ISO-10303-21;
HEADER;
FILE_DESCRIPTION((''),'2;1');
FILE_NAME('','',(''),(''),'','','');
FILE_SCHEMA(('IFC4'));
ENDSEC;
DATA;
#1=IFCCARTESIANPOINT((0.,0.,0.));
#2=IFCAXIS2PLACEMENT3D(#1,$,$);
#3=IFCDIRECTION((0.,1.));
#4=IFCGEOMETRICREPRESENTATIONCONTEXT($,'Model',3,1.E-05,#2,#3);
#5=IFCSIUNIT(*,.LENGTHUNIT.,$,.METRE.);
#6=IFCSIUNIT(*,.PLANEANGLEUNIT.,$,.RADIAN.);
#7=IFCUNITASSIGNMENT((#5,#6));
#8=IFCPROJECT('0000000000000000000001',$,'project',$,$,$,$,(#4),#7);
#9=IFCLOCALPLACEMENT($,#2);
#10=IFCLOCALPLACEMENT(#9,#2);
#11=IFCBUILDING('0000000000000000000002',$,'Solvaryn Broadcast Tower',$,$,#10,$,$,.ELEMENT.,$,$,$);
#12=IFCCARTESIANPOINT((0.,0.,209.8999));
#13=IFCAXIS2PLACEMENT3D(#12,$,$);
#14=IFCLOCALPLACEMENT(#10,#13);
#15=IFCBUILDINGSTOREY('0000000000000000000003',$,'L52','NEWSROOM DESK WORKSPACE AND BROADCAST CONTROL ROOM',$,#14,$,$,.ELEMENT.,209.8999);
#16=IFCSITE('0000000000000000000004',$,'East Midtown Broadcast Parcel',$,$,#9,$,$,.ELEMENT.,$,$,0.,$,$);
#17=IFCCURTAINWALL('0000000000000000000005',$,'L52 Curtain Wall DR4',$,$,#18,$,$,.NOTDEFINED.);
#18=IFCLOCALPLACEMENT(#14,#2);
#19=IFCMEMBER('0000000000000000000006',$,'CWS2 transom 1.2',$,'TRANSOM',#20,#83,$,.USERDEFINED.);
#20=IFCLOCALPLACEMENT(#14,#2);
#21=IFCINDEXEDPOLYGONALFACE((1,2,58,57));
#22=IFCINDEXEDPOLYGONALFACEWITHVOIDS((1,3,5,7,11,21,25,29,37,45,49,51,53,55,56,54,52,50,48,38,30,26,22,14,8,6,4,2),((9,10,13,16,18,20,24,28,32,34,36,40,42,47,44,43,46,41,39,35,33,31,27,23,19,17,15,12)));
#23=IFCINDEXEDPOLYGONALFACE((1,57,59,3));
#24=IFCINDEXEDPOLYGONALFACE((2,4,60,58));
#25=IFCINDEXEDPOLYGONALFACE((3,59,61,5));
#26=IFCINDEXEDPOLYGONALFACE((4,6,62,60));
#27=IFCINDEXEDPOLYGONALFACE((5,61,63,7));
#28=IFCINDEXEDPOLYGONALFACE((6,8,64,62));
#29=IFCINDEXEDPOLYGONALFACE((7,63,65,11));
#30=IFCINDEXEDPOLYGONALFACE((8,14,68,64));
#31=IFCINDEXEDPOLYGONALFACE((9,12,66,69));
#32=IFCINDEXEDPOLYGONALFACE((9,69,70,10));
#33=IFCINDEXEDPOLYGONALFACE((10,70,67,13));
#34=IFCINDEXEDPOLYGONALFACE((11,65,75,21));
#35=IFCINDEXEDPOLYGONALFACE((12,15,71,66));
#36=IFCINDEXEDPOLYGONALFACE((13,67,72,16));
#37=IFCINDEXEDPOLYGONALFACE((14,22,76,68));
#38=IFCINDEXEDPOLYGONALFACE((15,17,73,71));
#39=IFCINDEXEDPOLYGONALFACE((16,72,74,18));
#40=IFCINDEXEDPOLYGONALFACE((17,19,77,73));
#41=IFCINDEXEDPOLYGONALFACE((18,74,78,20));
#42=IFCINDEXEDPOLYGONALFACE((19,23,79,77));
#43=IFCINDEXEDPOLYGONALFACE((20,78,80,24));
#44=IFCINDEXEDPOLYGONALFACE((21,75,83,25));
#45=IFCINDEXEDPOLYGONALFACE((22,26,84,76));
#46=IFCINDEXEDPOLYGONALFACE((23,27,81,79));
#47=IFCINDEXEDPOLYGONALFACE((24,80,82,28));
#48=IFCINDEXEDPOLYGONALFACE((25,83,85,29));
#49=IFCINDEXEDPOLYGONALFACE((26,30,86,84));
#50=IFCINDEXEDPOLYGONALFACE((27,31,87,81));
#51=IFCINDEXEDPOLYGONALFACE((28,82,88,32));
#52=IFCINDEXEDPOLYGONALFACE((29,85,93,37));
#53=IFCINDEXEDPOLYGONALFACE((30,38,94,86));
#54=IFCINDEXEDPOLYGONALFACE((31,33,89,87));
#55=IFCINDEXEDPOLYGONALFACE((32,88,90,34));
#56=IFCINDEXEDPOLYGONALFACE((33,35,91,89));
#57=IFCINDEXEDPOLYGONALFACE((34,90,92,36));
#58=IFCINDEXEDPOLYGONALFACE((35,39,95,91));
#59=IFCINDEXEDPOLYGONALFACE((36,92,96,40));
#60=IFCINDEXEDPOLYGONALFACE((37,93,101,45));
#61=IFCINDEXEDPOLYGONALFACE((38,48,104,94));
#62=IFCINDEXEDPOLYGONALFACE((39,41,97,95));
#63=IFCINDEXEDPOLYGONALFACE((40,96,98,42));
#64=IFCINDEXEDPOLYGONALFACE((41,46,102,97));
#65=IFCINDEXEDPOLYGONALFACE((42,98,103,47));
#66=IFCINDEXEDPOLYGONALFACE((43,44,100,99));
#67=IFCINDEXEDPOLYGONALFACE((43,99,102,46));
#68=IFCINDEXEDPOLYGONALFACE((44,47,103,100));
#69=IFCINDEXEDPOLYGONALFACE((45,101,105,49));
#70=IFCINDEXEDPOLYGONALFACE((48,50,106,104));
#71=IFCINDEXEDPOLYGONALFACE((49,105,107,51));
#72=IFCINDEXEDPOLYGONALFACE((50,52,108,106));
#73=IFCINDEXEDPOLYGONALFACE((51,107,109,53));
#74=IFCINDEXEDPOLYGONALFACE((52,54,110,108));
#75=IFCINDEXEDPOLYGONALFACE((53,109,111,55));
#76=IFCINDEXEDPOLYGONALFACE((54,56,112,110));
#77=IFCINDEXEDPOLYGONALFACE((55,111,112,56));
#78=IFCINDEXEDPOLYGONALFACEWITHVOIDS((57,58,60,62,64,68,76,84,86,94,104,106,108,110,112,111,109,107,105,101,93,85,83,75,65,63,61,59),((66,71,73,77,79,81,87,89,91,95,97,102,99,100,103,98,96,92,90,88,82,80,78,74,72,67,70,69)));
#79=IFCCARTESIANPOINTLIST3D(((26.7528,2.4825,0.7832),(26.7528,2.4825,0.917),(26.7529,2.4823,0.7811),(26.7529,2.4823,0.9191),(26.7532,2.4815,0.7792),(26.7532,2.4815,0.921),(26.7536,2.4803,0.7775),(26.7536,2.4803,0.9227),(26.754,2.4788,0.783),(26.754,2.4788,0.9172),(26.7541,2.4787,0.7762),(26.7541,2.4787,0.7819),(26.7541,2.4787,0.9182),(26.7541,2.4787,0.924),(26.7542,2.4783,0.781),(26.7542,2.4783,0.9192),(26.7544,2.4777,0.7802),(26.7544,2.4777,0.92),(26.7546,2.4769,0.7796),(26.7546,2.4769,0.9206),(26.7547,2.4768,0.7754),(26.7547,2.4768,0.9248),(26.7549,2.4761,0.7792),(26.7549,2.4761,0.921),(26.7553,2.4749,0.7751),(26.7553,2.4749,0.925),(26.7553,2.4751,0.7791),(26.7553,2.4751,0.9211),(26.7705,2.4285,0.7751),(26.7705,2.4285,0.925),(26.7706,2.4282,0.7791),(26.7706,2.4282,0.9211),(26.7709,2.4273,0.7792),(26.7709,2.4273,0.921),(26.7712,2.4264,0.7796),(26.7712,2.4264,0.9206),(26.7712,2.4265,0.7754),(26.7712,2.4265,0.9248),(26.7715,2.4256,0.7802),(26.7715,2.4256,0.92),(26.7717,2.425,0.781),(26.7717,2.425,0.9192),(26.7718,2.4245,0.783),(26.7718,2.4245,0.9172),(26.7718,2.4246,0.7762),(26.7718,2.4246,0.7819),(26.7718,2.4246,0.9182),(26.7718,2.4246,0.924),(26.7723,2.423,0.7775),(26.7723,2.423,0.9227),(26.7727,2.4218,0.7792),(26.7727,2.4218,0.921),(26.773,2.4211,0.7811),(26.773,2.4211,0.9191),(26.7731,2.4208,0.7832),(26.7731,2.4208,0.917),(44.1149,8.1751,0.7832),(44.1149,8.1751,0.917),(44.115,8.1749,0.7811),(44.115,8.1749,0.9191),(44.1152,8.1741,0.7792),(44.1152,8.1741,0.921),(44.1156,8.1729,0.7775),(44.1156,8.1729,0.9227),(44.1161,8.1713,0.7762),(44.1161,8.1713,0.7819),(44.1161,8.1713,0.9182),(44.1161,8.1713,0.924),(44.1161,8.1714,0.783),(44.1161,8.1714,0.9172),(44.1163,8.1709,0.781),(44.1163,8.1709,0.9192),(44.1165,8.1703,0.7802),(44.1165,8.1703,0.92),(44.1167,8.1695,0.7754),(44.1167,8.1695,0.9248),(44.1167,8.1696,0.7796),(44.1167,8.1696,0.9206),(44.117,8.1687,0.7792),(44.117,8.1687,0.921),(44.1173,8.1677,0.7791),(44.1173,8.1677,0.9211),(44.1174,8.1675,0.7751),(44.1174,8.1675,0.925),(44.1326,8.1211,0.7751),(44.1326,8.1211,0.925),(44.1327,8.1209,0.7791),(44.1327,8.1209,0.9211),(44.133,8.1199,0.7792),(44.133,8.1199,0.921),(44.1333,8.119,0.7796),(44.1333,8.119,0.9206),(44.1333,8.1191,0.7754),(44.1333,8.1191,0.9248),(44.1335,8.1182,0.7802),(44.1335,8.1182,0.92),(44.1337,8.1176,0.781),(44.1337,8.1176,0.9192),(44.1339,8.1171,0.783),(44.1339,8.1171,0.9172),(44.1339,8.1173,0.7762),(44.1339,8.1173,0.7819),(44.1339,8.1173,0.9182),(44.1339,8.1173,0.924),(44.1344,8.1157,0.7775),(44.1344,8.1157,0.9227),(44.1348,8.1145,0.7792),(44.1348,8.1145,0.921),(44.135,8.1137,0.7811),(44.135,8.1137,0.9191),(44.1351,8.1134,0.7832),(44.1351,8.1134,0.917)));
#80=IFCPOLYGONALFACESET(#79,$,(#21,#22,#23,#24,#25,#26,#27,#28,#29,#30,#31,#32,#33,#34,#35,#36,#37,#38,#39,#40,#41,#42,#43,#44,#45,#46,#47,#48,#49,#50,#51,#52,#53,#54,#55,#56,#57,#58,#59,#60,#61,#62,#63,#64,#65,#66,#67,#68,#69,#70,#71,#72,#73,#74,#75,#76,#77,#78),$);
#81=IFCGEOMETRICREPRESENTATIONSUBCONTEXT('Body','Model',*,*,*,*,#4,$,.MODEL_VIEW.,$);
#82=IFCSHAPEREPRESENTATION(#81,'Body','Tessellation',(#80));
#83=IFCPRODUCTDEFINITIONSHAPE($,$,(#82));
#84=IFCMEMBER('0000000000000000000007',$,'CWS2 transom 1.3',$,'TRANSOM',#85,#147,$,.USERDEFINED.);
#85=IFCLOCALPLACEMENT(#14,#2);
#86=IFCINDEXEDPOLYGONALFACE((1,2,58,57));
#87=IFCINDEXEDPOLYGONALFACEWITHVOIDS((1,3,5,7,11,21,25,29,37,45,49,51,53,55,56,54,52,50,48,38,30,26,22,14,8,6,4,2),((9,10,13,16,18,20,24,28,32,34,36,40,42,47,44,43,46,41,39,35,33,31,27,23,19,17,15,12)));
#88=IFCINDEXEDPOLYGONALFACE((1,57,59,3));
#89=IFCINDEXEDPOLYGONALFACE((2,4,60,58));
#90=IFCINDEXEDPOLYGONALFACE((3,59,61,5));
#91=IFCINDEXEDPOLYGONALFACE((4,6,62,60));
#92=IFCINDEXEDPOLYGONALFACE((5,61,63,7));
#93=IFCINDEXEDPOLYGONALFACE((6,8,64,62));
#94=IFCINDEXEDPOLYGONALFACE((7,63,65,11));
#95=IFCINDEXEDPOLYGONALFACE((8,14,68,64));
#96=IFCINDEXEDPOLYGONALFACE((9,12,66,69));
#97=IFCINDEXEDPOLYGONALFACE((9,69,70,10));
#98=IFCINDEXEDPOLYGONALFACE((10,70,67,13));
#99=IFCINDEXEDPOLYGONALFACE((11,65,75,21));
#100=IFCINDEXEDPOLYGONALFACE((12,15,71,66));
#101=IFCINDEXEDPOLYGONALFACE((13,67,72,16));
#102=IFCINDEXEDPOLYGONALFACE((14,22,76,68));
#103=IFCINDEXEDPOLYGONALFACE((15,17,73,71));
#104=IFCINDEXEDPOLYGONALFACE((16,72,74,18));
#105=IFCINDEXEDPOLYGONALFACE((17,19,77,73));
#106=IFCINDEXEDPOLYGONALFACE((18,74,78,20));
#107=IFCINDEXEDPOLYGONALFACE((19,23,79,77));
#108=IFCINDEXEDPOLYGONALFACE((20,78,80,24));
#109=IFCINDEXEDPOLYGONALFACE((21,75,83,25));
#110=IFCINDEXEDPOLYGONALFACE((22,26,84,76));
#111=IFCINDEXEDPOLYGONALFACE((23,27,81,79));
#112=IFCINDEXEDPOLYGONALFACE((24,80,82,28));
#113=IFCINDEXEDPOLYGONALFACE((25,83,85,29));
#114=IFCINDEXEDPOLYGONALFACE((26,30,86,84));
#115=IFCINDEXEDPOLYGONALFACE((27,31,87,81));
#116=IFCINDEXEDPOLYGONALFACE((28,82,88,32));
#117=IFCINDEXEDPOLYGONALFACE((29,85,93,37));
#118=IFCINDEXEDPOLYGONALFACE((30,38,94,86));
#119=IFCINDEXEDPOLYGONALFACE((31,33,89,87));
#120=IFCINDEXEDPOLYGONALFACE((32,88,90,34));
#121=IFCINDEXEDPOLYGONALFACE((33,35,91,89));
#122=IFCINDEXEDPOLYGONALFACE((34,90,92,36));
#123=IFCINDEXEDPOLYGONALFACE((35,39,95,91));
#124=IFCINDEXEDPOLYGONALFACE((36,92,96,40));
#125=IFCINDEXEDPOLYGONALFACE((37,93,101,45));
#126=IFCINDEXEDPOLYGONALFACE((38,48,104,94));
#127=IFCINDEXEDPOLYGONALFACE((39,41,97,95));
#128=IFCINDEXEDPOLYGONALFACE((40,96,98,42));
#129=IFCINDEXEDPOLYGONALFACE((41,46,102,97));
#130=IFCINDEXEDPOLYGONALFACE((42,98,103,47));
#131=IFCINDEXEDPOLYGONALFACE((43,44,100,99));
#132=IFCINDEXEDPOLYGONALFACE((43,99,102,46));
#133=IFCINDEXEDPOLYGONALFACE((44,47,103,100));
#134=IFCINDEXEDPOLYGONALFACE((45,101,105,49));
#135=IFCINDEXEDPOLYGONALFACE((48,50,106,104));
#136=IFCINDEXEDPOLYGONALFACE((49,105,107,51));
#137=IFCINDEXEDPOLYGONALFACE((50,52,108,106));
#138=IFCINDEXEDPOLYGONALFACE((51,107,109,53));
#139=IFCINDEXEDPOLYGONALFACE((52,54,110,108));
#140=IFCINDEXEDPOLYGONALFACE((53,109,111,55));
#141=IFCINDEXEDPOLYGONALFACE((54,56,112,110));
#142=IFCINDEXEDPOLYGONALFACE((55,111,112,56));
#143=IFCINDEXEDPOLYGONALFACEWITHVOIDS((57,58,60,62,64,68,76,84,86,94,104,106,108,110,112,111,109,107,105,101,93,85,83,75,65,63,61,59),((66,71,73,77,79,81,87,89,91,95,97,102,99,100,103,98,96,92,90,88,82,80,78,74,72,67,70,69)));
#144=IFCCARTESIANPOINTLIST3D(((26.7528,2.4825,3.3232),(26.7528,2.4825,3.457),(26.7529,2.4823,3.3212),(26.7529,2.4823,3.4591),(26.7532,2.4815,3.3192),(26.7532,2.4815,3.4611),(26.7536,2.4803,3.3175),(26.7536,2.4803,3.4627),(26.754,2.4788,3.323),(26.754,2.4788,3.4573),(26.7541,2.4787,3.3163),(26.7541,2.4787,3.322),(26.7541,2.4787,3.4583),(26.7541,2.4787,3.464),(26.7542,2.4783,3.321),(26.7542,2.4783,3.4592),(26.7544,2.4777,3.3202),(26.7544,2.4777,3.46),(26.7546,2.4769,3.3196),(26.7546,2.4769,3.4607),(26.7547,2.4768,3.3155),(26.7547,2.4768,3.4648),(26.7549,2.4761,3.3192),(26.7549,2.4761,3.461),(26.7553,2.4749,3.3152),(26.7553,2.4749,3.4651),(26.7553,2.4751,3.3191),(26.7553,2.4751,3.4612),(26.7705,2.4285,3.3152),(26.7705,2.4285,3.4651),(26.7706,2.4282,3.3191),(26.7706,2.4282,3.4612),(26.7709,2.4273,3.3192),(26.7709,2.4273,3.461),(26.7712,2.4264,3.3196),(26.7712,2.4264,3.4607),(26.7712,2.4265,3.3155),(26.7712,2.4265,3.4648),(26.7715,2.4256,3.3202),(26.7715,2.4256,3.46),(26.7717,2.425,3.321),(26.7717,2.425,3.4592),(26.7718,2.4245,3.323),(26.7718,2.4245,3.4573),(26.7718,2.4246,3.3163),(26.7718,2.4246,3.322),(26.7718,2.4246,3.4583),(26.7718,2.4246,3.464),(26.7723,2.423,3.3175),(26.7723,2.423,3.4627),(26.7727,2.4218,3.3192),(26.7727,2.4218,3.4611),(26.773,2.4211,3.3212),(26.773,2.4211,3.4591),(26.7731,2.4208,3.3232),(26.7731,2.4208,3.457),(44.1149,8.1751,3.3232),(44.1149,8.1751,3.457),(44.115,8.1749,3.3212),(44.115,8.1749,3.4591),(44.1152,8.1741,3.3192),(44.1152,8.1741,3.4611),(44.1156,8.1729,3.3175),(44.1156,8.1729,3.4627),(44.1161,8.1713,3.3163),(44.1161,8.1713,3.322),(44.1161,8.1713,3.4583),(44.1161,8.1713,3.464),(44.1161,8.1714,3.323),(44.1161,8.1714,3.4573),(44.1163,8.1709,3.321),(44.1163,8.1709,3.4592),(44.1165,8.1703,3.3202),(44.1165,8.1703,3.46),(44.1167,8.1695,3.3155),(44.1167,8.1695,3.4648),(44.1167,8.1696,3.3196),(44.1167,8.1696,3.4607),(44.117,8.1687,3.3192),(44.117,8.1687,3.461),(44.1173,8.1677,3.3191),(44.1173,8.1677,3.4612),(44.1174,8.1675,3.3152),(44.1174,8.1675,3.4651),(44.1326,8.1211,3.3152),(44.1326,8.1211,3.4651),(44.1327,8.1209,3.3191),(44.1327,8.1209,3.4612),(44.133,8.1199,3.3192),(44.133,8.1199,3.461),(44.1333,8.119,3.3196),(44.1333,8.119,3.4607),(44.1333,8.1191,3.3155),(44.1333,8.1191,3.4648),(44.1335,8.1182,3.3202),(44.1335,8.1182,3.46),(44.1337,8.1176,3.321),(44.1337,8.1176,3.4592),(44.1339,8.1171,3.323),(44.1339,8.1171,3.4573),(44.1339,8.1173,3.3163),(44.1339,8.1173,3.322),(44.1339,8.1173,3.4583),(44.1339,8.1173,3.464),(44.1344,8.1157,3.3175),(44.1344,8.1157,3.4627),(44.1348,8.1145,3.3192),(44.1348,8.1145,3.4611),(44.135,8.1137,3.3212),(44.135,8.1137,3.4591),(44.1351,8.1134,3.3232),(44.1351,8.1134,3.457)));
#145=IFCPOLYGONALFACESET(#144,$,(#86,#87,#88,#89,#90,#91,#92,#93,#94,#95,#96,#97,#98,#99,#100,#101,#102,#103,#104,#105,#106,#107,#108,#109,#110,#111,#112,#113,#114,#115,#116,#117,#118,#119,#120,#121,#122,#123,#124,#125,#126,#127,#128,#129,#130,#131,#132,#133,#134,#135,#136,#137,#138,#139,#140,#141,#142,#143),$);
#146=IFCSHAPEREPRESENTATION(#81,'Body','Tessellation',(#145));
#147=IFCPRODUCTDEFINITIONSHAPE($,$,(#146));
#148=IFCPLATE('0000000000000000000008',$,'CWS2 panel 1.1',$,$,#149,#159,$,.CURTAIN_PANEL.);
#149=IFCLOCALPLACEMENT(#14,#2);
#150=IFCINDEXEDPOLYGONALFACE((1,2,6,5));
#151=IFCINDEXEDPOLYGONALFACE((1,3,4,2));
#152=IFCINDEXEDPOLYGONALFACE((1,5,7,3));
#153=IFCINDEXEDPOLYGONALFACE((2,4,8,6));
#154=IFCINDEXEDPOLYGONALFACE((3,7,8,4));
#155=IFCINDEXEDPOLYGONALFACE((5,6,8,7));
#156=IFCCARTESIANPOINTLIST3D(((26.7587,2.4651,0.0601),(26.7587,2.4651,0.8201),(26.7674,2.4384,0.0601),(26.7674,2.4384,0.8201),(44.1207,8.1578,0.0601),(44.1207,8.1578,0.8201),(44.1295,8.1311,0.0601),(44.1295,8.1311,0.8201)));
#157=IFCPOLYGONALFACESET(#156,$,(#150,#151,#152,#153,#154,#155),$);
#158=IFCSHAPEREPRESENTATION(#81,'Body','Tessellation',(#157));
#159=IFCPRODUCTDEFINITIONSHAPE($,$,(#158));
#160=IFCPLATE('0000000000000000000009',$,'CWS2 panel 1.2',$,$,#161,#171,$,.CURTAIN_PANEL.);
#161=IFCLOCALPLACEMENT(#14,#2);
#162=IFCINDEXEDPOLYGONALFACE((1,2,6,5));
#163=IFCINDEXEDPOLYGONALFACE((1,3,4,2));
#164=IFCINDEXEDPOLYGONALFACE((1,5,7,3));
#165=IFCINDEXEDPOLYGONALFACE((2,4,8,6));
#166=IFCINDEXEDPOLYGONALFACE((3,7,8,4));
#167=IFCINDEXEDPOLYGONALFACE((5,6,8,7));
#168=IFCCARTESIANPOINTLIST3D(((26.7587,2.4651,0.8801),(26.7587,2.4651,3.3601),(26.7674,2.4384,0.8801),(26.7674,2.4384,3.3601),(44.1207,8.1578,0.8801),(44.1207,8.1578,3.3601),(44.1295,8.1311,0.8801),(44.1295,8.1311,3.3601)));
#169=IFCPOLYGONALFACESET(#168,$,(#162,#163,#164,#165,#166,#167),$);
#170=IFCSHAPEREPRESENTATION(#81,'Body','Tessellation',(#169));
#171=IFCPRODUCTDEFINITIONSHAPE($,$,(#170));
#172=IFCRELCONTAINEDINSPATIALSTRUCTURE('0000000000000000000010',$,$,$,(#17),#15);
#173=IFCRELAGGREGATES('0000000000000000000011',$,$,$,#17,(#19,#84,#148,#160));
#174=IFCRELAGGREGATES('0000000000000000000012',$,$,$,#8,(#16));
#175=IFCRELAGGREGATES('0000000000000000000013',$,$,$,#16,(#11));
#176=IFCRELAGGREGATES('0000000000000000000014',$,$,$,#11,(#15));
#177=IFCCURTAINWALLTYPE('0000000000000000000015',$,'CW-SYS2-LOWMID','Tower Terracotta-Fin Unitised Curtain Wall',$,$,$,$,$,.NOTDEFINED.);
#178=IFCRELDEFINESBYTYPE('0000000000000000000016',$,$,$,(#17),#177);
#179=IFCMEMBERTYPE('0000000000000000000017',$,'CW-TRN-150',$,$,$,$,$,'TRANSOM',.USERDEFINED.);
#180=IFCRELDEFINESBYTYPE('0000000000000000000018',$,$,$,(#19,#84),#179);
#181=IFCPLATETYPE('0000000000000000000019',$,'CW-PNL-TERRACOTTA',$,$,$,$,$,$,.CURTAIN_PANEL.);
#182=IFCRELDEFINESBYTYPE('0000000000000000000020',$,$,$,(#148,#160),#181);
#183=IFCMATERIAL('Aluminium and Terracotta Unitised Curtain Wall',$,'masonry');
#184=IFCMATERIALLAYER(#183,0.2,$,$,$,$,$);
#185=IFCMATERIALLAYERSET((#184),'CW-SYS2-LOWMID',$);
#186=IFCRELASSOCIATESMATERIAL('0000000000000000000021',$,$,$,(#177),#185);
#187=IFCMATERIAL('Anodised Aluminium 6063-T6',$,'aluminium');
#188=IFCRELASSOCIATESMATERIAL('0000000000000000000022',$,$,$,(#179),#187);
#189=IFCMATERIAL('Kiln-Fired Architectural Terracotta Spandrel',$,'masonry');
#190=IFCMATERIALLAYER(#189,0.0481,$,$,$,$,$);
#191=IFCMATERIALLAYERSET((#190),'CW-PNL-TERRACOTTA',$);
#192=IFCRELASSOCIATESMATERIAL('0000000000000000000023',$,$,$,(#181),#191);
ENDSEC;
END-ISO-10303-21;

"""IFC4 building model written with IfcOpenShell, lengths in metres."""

from ifc_helpers import new_model, si_unit, direction, frame, origin, origin_2d, place, context, subcontext, project, spatial, rectangle, hollow_rectangle, extrude, material, layer, layer_set, material_profile, profile_set, type_object, element, aggregate, save


model = new_model("IFC4")

# Units and contexts
model_context = context("Model", 3, precision=1e-05, world=origin(), true_north=direction((0.0, 1.0)))
body_context = subcontext(model_context, "Body", "Model", "MODEL_VIEW")
ifc_project = project(units=[si_unit("LENGTHUNIT", "METRE"), si_unit("PLANEANGLEUNIT", "RADIAN")], contexts=[model_context])

# Site, building, storey
site_placement = place(None, origin())
site = spatial("IfcSite", under=ifc_project, at=site_placement, Name="East Midtown Broadcast Parcel", CompositionType="ELEMENT", RefElevation=0.0)
building_placement = place(site_placement, origin())
building = spatial("IfcBuilding", under=site, at=building_placement, Name="Solvaryn Broadcast Tower", CompositionType="ELEMENT")
storey_placement = place(building_placement, frame((0.0, 0.0, 209.8999)))
storey = spatial("IfcBuildingStorey", under=building, at=storey_placement, Name="L52", Description="NEWSROOM DESK WORKSPACE AND BROADCAST CONTROL ROOM", CompositionType="ELEMENT", Elevation=209.8999)

# Shared definitions
ifc_material_1 = material(Name="Aluminium and Terracotta Unitised Curtain Wall", Category="masonry")
ifc_layer_1 = layer(ifc_material_1, 0.2)
ifc_layer_set_1 = layer_set([ifc_layer_1], Name="CW-SYS2-LOWMID")
curtain_wall_type = type_object("IfcCurtainWallType", Name="CW-SYS2-LOWMID", Description="Tower Terracotta-Fin Unitised Curtain Wall", PredefinedType="NOTDEFINED", material=ifc_layer_set_1)

# Curtain wall, members, plates
curtain_wall_1_placement = place(storey_placement, origin())
curtain_wall_1 = element("IfcCurtainWall", 1, at=curtain_wall_1_placement, inside=storey, type_object=curtain_wall_type, Name="L52 Curtain Wall DR4", PredefinedType="NOTDEFINED")
ifc_material_2 = material(Name="Anodised Aluminium 6063-T6", Category="aluminium")
ifc_material_profile_1 = material_profile(ifc_material_2, hollow_rectangle(XDim=0.0649, YDim=0.1499, WallThickness=0.0039, InnerFilletRadius=0.0039, OuterFilletRadius=0.0081, at=origin_2d()))
ifc_profile_set_1 = profile_set([ifc_material_profile_1], Name="Anodised Aluminium 6063-T6")
member_type_1 = type_object("IfcMemberType", Name="CW-TRN-150", ElementType="TRANSOM", PredefinedType="USERDEFINED", material=ifc_profile_set_1)
member_1_placement = place(storey_placement, frame((26.7629, 2.4517, 0.8501), z_axis=(0.950227, 0.311558, 0.0), x_axis=(-0.311558, 0.950227, 0.0)))
member_1 = element("IfcMember", 2, at=member_1_placement, type_object=member_type_1, Name="CWS2 transom 1.2", ObjectType="TRANSOM", PredefinedType="USERDEFINED", context=body_context, shape_type="SweptSolid", body=[
    extrude(hollow_rectangle(XDim=0.0649, YDim=0.1499, WallThickness=0.0039, InnerFilletRadius=0.0039, OuterFilletRadius=0.0081, at=origin_2d()), origin(), (0.0, 0.0, 1.0), 18.2715),
])
member_2_placement = place(storey_placement, frame((26.7629, 2.4517, 3.3901), z_axis=(0.950227, 0.311558, 0.0), x_axis=(-0.311558, 0.950227, 0.0)))
member_2 = element("IfcMember", 3, at=member_2_placement, type_object=member_type_1, Name="CWS2 transom 1.3", ObjectType="TRANSOM", PredefinedType="USERDEFINED", context=body_context, shape_type="SweptSolid", body=[
    extrude(hollow_rectangle(XDim=0.0649, YDim=0.1499, WallThickness=0.0039, InnerFilletRadius=0.0039, OuterFilletRadius=0.0081, at=origin_2d()), origin(), (0.0, 0.0, 1.0), 18.2715),
])
ifc_material_3 = material(Name="Kiln-Fired Architectural Terracotta Spandrel", Category="masonry")
ifc_layer_2 = layer(ifc_material_3, 0.0481)
ifc_layer_set_2 = layer_set([ifc_layer_2], Name="CW-PNL-TERRACOTTA")
plate_type = type_object("IfcPlateType", Name="CW-PNL-TERRACOTTA", PredefinedType="CURTAIN_PANEL", material=ifc_layer_set_2)
plate_1_placement = place(storey_placement, frame((35.4441, 5.2981, 0.0601), z_axis=(0.0, 0.0, 1.0), x_axis=(0.950227, 0.311559, 0.0)))
plate_1 = element("IfcPlate", 4, at=plate_1_placement, type_object=plate_type, Name="CWS2 panel 1.1", PredefinedType="CURTAIN_PANEL", context=body_context, shape_type="SweptSolid", body=[
    extrude(rectangle(XDim=18.2715, YDim=0.0281, at=origin_2d()), origin(), (0.0, 0.0, 1.0), 0.76),
])
plate_2_placement = place(storey_placement, frame((35.4441, 5.2981, 0.8801), z_axis=(0.0, 0.0, 1.0), x_axis=(0.950227, 0.311559, 0.0)))
plate_2 = element("IfcPlate", 5, at=plate_2_placement, type_object=plate_type, Name="CWS2 panel 1.2", PredefinedType="CURTAIN_PANEL", context=body_context, shape_type="SweptSolid", body=[
    extrude(rectangle(XDim=18.2715, YDim=0.0281, at=origin_2d()), origin(), (0.0, 0.0, 1.0), 2.48),
])
aggregate(curtain_wall_1, [member_1, member_2, plate_1, plate_2])

save(model, "model.ifc")
